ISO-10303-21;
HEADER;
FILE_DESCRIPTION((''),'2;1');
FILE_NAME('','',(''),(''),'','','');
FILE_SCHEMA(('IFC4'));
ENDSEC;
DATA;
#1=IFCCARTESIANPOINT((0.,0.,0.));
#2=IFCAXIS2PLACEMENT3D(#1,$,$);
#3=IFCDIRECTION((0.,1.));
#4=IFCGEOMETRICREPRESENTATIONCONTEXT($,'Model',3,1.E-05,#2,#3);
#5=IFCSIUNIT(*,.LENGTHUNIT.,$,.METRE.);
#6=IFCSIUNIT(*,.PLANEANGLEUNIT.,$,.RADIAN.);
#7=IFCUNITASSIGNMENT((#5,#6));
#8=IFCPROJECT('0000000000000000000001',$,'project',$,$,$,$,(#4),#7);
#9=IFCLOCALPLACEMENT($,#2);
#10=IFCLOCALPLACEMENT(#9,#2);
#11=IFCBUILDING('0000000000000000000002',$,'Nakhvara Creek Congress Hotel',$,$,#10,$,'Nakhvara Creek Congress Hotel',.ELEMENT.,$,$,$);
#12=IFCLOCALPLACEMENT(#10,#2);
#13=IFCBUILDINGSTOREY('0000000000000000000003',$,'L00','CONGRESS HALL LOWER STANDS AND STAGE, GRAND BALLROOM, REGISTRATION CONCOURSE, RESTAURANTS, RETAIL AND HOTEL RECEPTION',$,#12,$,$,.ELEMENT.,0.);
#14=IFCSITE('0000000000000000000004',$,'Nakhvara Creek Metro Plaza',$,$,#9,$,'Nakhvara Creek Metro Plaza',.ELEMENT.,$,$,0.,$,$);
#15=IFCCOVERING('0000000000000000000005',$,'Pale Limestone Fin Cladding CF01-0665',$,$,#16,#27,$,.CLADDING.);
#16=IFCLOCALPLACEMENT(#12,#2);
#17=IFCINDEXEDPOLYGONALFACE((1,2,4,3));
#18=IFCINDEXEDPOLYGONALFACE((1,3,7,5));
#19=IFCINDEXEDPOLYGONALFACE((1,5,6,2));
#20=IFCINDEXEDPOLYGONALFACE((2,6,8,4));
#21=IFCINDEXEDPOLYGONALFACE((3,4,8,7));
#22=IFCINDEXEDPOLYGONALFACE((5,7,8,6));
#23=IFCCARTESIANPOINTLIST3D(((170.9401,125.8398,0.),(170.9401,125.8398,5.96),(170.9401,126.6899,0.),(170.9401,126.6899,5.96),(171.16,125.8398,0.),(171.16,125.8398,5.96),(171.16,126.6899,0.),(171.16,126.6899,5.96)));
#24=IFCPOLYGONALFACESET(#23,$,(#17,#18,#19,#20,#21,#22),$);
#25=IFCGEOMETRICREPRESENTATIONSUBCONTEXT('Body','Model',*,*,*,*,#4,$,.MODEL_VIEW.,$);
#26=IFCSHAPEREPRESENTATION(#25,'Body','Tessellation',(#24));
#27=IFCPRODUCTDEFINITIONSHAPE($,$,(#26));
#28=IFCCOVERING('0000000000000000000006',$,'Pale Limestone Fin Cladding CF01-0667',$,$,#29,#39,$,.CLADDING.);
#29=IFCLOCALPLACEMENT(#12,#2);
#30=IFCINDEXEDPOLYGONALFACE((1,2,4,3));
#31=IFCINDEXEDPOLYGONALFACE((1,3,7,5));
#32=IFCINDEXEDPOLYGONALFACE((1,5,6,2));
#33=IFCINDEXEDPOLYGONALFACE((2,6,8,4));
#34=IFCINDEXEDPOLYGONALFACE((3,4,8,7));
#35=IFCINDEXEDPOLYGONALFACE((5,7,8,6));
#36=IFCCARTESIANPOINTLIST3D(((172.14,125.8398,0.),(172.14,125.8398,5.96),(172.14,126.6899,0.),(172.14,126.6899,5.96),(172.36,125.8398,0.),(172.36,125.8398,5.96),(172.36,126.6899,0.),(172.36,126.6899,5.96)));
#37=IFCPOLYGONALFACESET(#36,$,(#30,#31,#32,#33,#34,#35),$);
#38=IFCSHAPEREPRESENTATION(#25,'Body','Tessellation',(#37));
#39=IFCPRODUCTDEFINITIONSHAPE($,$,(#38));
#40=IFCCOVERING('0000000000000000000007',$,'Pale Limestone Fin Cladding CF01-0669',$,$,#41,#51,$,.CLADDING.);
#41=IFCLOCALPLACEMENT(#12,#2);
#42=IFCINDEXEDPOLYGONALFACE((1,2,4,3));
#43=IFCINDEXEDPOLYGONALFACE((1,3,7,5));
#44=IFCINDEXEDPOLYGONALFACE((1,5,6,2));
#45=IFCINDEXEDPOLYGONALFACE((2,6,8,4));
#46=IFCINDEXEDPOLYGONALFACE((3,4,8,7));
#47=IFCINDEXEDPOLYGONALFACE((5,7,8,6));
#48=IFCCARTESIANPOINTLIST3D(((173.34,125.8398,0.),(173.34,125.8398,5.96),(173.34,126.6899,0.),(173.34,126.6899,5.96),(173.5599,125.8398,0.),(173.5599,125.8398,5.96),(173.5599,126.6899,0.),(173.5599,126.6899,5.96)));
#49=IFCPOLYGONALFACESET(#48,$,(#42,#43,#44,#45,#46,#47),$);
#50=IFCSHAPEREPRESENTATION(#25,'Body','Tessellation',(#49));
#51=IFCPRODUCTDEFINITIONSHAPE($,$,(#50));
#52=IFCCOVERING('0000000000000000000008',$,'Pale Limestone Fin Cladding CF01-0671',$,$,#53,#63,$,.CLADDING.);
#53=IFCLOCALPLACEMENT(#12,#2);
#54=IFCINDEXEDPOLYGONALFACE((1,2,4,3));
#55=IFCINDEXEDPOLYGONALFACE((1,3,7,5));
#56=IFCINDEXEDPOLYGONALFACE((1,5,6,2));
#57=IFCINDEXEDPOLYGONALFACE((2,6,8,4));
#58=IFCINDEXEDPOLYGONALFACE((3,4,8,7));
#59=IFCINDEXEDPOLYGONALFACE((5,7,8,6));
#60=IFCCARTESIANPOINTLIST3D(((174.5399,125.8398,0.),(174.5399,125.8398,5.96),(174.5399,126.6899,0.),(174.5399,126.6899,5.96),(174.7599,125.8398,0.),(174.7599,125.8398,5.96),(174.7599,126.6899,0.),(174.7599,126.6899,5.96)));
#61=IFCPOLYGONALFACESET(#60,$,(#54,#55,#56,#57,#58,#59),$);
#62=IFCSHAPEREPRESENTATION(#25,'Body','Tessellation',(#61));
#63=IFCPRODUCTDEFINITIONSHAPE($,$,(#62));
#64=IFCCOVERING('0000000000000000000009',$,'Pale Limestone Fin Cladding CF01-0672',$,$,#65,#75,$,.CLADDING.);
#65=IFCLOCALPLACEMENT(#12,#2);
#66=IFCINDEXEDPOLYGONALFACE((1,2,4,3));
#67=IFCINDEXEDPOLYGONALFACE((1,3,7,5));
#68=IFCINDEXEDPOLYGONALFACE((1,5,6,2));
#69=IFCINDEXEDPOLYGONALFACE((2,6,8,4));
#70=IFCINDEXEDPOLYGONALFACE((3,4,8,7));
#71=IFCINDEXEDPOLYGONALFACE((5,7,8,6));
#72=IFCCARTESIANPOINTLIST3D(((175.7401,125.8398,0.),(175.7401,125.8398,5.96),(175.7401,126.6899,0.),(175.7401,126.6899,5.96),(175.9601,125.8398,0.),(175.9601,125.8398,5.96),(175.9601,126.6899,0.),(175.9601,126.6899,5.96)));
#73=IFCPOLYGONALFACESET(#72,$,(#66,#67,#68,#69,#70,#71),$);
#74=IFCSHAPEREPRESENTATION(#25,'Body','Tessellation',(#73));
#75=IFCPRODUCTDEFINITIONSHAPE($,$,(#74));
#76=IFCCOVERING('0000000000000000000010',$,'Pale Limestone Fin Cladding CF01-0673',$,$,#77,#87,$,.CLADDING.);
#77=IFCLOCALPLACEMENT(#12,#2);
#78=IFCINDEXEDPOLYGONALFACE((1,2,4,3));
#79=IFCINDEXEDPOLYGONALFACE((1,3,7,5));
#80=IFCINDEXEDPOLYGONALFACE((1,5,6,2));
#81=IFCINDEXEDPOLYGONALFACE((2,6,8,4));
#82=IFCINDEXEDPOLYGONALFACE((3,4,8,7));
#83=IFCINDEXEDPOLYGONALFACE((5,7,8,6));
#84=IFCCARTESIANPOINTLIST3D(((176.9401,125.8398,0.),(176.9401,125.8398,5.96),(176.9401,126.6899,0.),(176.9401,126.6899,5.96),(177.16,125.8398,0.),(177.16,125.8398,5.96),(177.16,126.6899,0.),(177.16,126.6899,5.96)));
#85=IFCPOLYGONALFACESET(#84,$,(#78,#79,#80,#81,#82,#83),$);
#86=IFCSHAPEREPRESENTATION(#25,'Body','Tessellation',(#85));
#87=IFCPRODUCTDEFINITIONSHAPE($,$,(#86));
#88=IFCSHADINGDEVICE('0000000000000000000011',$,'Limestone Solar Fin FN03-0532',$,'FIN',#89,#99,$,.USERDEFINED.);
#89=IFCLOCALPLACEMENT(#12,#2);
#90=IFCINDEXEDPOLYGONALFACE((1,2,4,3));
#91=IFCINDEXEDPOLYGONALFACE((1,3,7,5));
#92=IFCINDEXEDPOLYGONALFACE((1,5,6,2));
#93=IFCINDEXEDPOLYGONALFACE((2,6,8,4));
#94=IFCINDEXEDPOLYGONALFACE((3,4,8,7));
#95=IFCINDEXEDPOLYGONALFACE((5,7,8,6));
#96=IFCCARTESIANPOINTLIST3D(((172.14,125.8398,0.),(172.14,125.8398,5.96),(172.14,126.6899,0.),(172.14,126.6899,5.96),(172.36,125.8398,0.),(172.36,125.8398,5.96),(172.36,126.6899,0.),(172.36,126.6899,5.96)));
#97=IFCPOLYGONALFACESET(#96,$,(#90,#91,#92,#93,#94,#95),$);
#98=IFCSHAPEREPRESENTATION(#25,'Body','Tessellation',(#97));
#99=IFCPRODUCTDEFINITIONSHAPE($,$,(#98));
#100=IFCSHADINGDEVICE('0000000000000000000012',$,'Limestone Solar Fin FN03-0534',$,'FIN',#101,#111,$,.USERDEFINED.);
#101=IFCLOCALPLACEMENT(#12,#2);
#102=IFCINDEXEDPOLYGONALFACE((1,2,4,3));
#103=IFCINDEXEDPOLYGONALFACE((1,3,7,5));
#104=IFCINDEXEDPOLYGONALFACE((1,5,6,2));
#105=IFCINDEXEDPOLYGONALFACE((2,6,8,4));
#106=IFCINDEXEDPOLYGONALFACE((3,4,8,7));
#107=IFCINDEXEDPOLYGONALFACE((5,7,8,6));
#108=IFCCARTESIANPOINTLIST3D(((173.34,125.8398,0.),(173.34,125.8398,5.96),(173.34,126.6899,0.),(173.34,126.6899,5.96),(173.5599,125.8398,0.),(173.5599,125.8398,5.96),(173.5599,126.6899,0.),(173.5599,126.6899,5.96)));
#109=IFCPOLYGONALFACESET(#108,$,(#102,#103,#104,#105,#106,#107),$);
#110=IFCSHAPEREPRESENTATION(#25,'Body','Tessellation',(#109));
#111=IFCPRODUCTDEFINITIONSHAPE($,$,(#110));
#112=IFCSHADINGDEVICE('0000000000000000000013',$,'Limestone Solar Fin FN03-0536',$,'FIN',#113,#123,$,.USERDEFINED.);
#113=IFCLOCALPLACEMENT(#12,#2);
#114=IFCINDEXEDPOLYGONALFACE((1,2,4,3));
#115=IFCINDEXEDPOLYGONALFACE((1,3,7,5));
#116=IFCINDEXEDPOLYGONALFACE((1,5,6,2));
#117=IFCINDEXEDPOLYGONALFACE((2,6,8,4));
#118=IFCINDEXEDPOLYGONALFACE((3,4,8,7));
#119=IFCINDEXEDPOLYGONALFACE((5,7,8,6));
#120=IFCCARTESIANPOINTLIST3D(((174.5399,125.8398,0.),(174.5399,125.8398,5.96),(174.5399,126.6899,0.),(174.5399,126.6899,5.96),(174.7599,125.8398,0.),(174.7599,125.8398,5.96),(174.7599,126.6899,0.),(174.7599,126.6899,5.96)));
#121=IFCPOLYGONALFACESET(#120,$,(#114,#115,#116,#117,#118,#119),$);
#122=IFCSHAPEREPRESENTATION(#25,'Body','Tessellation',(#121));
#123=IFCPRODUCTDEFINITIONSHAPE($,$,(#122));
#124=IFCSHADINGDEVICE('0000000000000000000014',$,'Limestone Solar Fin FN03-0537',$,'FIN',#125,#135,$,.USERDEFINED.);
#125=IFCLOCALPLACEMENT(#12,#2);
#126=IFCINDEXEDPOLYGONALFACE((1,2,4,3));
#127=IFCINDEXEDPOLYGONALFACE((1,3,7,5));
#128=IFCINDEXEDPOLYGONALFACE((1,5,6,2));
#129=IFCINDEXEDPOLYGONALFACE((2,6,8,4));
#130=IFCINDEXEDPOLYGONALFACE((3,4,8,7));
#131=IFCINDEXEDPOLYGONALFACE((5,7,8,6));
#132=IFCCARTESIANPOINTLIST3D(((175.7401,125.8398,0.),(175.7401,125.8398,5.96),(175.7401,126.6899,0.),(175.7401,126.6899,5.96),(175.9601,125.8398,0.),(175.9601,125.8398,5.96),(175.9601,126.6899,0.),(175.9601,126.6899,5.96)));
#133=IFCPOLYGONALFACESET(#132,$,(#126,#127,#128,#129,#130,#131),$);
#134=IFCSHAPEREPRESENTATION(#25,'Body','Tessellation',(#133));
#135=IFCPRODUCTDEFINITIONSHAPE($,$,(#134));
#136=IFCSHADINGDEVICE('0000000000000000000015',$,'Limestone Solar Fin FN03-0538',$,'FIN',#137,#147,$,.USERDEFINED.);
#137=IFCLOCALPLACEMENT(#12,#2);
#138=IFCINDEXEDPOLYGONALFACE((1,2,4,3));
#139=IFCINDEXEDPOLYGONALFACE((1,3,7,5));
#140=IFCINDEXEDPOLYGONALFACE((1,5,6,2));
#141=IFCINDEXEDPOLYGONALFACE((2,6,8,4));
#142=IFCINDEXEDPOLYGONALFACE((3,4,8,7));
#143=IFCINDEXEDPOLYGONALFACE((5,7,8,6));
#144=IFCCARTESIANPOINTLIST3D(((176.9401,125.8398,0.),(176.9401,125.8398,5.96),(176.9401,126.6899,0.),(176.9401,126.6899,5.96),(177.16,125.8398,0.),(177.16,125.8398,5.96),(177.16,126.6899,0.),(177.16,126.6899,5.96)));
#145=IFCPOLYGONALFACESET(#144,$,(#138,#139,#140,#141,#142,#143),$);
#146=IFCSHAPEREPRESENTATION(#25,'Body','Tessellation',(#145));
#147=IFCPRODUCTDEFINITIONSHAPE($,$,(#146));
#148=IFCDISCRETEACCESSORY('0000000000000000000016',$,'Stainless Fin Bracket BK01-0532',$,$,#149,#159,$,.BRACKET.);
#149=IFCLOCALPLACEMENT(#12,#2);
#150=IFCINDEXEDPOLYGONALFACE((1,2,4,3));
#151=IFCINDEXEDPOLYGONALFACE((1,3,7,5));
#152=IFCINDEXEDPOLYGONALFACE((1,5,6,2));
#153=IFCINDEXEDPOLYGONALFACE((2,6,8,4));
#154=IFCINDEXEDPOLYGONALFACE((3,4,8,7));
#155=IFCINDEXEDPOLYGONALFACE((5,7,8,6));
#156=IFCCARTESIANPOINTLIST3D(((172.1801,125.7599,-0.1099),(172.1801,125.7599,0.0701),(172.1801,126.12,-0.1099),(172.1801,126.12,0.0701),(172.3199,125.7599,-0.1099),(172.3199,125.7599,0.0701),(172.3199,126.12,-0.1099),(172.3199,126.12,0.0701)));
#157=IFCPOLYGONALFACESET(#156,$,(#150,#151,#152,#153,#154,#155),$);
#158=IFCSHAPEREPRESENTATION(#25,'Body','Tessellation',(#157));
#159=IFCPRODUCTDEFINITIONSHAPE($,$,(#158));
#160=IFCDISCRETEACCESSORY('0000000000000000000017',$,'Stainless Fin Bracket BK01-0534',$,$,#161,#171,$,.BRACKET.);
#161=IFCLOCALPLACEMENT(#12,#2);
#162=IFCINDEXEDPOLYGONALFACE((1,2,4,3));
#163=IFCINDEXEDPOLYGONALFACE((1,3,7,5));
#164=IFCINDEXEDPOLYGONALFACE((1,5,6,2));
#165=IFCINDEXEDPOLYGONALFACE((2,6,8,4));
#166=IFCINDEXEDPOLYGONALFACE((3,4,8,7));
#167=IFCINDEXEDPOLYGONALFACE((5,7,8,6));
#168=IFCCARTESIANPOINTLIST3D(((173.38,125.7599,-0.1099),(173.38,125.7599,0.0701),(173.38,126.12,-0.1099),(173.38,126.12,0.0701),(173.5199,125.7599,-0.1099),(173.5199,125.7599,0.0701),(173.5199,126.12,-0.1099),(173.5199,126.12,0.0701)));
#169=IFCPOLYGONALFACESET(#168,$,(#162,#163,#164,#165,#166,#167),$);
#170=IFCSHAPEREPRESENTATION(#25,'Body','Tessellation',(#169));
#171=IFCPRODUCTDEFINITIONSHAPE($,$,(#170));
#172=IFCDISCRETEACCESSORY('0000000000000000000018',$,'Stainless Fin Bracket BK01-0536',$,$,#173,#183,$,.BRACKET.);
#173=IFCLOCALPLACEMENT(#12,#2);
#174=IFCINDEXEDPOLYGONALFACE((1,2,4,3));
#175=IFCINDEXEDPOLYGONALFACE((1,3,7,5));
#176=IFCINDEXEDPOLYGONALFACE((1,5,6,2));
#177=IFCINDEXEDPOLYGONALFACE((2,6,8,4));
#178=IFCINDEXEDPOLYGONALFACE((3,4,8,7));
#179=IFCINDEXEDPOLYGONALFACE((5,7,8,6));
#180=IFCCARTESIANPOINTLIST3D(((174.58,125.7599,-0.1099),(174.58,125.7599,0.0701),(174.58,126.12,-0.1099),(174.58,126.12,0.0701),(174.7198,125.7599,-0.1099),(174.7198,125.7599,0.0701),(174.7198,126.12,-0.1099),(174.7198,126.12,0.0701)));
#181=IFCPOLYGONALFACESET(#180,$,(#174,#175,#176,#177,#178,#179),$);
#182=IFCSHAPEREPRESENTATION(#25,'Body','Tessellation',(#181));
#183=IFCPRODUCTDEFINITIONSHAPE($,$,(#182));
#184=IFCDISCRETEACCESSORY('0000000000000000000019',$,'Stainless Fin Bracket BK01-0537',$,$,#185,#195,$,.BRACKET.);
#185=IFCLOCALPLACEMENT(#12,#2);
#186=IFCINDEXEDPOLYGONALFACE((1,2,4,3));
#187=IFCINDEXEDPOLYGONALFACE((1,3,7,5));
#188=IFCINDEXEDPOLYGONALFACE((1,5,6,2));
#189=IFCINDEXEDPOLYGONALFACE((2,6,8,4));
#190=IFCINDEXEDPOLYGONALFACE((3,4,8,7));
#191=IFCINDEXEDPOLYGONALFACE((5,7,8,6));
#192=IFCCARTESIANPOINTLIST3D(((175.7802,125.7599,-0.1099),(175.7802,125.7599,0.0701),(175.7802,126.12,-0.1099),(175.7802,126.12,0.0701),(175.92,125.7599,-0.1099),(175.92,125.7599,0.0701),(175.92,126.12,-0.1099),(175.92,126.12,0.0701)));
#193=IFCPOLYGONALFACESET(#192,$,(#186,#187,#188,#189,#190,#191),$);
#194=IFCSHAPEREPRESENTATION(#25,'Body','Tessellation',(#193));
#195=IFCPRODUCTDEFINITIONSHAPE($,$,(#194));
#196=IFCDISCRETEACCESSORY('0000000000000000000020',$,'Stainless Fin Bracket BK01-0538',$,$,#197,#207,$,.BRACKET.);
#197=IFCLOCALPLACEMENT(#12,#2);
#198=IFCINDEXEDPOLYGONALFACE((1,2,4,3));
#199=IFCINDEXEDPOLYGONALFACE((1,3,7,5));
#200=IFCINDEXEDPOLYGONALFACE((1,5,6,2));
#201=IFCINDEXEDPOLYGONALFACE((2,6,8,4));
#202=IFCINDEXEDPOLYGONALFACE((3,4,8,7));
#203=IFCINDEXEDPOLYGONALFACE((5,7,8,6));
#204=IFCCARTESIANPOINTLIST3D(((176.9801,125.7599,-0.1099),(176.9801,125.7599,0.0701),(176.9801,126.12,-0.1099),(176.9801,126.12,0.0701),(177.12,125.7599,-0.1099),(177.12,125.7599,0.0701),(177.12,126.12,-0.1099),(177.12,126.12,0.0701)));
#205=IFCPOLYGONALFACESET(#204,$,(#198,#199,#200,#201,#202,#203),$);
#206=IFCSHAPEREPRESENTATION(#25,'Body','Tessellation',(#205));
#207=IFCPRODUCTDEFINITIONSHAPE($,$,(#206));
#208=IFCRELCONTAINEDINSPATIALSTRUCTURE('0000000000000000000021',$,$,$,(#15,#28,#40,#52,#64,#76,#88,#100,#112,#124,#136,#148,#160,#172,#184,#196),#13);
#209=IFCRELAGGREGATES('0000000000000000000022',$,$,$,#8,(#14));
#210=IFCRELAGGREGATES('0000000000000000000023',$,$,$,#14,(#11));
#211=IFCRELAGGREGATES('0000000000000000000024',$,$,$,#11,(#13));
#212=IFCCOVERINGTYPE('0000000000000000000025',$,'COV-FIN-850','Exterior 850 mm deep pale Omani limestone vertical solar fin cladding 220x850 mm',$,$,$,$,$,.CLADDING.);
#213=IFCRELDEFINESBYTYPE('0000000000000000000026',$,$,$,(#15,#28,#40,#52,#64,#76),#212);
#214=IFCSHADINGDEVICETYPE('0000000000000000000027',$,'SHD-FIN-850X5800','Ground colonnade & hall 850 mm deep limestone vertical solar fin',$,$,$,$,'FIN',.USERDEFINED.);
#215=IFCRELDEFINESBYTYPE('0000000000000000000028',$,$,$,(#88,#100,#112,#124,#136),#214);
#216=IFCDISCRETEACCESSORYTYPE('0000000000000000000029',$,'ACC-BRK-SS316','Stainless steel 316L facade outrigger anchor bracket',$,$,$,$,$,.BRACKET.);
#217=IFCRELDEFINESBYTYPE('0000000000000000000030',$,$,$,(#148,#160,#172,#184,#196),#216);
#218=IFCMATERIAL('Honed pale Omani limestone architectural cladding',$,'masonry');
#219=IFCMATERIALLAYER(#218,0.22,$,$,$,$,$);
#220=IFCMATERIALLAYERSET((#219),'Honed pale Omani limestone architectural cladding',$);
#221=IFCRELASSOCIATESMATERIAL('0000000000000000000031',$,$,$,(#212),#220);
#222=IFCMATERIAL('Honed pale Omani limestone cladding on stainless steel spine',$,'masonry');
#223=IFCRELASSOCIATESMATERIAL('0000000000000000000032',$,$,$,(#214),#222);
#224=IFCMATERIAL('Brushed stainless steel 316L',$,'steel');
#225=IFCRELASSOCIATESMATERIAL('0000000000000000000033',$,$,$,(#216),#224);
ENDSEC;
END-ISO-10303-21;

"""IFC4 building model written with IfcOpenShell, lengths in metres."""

from ifc_helpers import new_model, si_unit, direction, frame, origin, origin_2d, place, context, subcontext, project, spatial, rectangle, extrude, material, layer, layer_set, type_object, element, save


model = new_model("IFC4")

# Units and contexts
model_context = context("Model", 3, precision=1e-05, world=origin(), true_north=direction((0.0, 1.0)))
body_context = subcontext(model_context, "Body", "Model", "MODEL_VIEW")
ifc_project = project(units=[si_unit("LENGTHUNIT", "METRE"), si_unit("PLANEANGLEUNIT", "RADIAN")], contexts=[model_context])

# Site, building, storey
site_placement = place(None, origin())
site = spatial("IfcSite", under=ifc_project, at=site_placement, Name="Nakhvara Creek Metro Plaza", LongName="Nakhvara Creek Metro Plaza", CompositionType="ELEMENT", RefElevation=0.0)
building_placement = place(site_placement, origin())
building = spatial("IfcBuilding", under=site, at=building_placement, Name="Nakhvara Creek Congress Hotel", LongName="Nakhvara Creek Congress Hotel", CompositionType="ELEMENT")
storey_placement = place(building_placement, origin())
storey = spatial("IfcBuildingStorey", under=building, at=storey_placement, Name="L00", Description="CONGRESS HALL LOWER STANDS AND STAGE, GRAND BALLROOM, REGISTRATION CONCOURSE, RESTAURANTS, RETAIL AND HOTEL RECEPTION", CompositionType="ELEMENT", Elevation=0.0)

# Coverings
ifc_material_1 = material(Name="Honed pale Omani limestone architectural cladding", Category="masonry")
ifc_layer = layer(ifc_material_1, 0.22)
ifc_layer_set = layer_set([ifc_layer], Name="Honed pale Omani limestone architectural cladding")
covering_type = type_object("IfcCoveringType", Name="COV-FIN-850", Description="Exterior 850 mm deep pale Omani limestone vertical solar fin cladding 220x850 mm", PredefinedType="CLADDING", material=ifc_layer_set)
for number, where, z_axis, x_axis, name in (
    (1, (171.05, 126.2649, 0.0), (0.0, 0.0, 1.0), (1.0, 0.0, 0.0), "Pale Limestone Fin Cladding CF01-0665"),
    (2, (172.25, 126.2649, 0.0), (0.0, 0.0, 1.0), (1.0, 0.0, 0.0), "Pale Limestone Fin Cladding CF01-0667"),
    (3, (173.45, 126.2649, 0.0), (0.0, 0.0, 1.0), (1.0, 0.0, 0.0), "Pale Limestone Fin Cladding CF01-0669"),
    (4, (174.6499, 126.2649, 0.0), (0.0, 0.0, 1.0), (1.0, 0.0, 0.0), "Pale Limestone Fin Cladding CF01-0671"),
    (5, (175.8501, 126.2649, 0.0), (0.0, 0.0, 1.0), (1.0, 0.0, 0.0), "Pale Limestone Fin Cladding CF01-0672"),
    (6, (177.05, 126.2649, 0.0), (0.0, 0.0, 1.0), (1.0, 0.0, 0.0), "Pale Limestone Fin Cladding CF01-0673"),
):
    element("IfcCovering", number, at=place(storey_placement, frame(where, z_axis=z_axis, x_axis=x_axis)), inside=storey, type_object=covering_type, Name=name, PredefinedType="CLADDING", context=body_context, shape_type="SweptSolid", body=[
        extrude(rectangle(XDim=0.22, YDim=0.8501, at=origin_2d()), origin(), (0.0, 0.0, 1.0), 5.96),
    ])

# Shading devices
ifc_material_2 = material(Name="Honed pale Omani limestone cladding on stainless steel spine", Category="masonry")
shading_device_type = type_object("IfcShadingDeviceType", Name="SHD-FIN-850X5800", Description="Ground colonnade & hall 850 mm deep limestone vertical solar fin", ElementType="FIN", PredefinedType="USERDEFINED", material=ifc_material_2)
for number, where, z_axis, x_axis, name in (
    (7, (172.25, 126.2649, 0.0), (0.0, 0.0, 1.0), (1.0, 0.0, 0.0), "Limestone Solar Fin FN03-0532"),
    (8, (173.45, 126.2649, 0.0), (0.0, 0.0, 1.0), (1.0, 0.0, 0.0), "Limestone Solar Fin FN03-0534"),
    (9, (174.6499, 126.2649, 0.0), (0.0, 0.0, 1.0), (1.0, 0.0, 0.0), "Limestone Solar Fin FN03-0536"),
    (10, (175.8501, 126.2649, 0.0), (0.0, 0.0, 1.0), (1.0, 0.0, 0.0), "Limestone Solar Fin FN03-0537"),
    (11, (177.05, 126.2649, 0.0), (0.0, 0.0, 1.0), (1.0, 0.0, 0.0), "Limestone Solar Fin FN03-0538"),
):
    element("IfcShadingDevice", number, at=place(storey_placement, frame(where, z_axis=z_axis, x_axis=x_axis)), inside=storey, type_object=shading_device_type, Name=name, ObjectType="FIN", PredefinedType="USERDEFINED", context=body_context, shape_type="SweptSolid", body=[
        extrude(rectangle(XDim=0.22, YDim=0.8501, at=origin_2d()), origin(), (0.0, 0.0, 1.0), 5.96),
    ])

# Discrete accessories
ifc_material_3 = material(Name="Brushed stainless steel 316L", Category="steel")
discrete_accessory_type = type_object("IfcDiscreteAccessoryType", Name="ACC-BRK-SS316", Description="Stainless steel 316L facade outrigger anchor bracket", PredefinedType="BRACKET", material=ifc_material_3)
for number, where, z_axis, x_axis, name in (
    (12, (172.25, 125.9399, -0.1099), (0.0, 0.0, 1.0), (1.0, 0.0, 0.0), "Stainless Fin Bracket BK01-0532"),
    (13, (173.45, 125.9399, -0.1099), (0.0, 0.0, 1.0), (1.0, 0.0, 0.0), "Stainless Fin Bracket BK01-0534"),
    (14, (174.6499, 125.9399, -0.1099), (0.0, 0.0, 1.0), (1.0, 0.0, 0.0), "Stainless Fin Bracket BK01-0536"),
    (15, (175.8501, 125.9399, -0.1099), (0.0, 0.0, 1.0), (1.0, 0.0, 0.0), "Stainless Fin Bracket BK01-0537"),
    (16, (177.05, 125.9399, -0.1099), (0.0, 0.0, 1.0), (1.0, 0.0, 0.0), "Stainless Fin Bracket BK01-0538"),
):
    element("IfcDiscreteAccessory", number, at=place(storey_placement, frame(where, z_axis=z_axis, x_axis=x_axis)), inside=storey, type_object=discrete_accessory_type, Name=name, PredefinedType="BRACKET", context=body_context, shape_type="SweptSolid", body=[
        extrude(rectangle(XDim=0.1399, YDim=0.3601, at=origin_2d()), origin(), (0.0, 0.0, 1.0), 0.1799),
    ])

save(model, "model.ifc")
